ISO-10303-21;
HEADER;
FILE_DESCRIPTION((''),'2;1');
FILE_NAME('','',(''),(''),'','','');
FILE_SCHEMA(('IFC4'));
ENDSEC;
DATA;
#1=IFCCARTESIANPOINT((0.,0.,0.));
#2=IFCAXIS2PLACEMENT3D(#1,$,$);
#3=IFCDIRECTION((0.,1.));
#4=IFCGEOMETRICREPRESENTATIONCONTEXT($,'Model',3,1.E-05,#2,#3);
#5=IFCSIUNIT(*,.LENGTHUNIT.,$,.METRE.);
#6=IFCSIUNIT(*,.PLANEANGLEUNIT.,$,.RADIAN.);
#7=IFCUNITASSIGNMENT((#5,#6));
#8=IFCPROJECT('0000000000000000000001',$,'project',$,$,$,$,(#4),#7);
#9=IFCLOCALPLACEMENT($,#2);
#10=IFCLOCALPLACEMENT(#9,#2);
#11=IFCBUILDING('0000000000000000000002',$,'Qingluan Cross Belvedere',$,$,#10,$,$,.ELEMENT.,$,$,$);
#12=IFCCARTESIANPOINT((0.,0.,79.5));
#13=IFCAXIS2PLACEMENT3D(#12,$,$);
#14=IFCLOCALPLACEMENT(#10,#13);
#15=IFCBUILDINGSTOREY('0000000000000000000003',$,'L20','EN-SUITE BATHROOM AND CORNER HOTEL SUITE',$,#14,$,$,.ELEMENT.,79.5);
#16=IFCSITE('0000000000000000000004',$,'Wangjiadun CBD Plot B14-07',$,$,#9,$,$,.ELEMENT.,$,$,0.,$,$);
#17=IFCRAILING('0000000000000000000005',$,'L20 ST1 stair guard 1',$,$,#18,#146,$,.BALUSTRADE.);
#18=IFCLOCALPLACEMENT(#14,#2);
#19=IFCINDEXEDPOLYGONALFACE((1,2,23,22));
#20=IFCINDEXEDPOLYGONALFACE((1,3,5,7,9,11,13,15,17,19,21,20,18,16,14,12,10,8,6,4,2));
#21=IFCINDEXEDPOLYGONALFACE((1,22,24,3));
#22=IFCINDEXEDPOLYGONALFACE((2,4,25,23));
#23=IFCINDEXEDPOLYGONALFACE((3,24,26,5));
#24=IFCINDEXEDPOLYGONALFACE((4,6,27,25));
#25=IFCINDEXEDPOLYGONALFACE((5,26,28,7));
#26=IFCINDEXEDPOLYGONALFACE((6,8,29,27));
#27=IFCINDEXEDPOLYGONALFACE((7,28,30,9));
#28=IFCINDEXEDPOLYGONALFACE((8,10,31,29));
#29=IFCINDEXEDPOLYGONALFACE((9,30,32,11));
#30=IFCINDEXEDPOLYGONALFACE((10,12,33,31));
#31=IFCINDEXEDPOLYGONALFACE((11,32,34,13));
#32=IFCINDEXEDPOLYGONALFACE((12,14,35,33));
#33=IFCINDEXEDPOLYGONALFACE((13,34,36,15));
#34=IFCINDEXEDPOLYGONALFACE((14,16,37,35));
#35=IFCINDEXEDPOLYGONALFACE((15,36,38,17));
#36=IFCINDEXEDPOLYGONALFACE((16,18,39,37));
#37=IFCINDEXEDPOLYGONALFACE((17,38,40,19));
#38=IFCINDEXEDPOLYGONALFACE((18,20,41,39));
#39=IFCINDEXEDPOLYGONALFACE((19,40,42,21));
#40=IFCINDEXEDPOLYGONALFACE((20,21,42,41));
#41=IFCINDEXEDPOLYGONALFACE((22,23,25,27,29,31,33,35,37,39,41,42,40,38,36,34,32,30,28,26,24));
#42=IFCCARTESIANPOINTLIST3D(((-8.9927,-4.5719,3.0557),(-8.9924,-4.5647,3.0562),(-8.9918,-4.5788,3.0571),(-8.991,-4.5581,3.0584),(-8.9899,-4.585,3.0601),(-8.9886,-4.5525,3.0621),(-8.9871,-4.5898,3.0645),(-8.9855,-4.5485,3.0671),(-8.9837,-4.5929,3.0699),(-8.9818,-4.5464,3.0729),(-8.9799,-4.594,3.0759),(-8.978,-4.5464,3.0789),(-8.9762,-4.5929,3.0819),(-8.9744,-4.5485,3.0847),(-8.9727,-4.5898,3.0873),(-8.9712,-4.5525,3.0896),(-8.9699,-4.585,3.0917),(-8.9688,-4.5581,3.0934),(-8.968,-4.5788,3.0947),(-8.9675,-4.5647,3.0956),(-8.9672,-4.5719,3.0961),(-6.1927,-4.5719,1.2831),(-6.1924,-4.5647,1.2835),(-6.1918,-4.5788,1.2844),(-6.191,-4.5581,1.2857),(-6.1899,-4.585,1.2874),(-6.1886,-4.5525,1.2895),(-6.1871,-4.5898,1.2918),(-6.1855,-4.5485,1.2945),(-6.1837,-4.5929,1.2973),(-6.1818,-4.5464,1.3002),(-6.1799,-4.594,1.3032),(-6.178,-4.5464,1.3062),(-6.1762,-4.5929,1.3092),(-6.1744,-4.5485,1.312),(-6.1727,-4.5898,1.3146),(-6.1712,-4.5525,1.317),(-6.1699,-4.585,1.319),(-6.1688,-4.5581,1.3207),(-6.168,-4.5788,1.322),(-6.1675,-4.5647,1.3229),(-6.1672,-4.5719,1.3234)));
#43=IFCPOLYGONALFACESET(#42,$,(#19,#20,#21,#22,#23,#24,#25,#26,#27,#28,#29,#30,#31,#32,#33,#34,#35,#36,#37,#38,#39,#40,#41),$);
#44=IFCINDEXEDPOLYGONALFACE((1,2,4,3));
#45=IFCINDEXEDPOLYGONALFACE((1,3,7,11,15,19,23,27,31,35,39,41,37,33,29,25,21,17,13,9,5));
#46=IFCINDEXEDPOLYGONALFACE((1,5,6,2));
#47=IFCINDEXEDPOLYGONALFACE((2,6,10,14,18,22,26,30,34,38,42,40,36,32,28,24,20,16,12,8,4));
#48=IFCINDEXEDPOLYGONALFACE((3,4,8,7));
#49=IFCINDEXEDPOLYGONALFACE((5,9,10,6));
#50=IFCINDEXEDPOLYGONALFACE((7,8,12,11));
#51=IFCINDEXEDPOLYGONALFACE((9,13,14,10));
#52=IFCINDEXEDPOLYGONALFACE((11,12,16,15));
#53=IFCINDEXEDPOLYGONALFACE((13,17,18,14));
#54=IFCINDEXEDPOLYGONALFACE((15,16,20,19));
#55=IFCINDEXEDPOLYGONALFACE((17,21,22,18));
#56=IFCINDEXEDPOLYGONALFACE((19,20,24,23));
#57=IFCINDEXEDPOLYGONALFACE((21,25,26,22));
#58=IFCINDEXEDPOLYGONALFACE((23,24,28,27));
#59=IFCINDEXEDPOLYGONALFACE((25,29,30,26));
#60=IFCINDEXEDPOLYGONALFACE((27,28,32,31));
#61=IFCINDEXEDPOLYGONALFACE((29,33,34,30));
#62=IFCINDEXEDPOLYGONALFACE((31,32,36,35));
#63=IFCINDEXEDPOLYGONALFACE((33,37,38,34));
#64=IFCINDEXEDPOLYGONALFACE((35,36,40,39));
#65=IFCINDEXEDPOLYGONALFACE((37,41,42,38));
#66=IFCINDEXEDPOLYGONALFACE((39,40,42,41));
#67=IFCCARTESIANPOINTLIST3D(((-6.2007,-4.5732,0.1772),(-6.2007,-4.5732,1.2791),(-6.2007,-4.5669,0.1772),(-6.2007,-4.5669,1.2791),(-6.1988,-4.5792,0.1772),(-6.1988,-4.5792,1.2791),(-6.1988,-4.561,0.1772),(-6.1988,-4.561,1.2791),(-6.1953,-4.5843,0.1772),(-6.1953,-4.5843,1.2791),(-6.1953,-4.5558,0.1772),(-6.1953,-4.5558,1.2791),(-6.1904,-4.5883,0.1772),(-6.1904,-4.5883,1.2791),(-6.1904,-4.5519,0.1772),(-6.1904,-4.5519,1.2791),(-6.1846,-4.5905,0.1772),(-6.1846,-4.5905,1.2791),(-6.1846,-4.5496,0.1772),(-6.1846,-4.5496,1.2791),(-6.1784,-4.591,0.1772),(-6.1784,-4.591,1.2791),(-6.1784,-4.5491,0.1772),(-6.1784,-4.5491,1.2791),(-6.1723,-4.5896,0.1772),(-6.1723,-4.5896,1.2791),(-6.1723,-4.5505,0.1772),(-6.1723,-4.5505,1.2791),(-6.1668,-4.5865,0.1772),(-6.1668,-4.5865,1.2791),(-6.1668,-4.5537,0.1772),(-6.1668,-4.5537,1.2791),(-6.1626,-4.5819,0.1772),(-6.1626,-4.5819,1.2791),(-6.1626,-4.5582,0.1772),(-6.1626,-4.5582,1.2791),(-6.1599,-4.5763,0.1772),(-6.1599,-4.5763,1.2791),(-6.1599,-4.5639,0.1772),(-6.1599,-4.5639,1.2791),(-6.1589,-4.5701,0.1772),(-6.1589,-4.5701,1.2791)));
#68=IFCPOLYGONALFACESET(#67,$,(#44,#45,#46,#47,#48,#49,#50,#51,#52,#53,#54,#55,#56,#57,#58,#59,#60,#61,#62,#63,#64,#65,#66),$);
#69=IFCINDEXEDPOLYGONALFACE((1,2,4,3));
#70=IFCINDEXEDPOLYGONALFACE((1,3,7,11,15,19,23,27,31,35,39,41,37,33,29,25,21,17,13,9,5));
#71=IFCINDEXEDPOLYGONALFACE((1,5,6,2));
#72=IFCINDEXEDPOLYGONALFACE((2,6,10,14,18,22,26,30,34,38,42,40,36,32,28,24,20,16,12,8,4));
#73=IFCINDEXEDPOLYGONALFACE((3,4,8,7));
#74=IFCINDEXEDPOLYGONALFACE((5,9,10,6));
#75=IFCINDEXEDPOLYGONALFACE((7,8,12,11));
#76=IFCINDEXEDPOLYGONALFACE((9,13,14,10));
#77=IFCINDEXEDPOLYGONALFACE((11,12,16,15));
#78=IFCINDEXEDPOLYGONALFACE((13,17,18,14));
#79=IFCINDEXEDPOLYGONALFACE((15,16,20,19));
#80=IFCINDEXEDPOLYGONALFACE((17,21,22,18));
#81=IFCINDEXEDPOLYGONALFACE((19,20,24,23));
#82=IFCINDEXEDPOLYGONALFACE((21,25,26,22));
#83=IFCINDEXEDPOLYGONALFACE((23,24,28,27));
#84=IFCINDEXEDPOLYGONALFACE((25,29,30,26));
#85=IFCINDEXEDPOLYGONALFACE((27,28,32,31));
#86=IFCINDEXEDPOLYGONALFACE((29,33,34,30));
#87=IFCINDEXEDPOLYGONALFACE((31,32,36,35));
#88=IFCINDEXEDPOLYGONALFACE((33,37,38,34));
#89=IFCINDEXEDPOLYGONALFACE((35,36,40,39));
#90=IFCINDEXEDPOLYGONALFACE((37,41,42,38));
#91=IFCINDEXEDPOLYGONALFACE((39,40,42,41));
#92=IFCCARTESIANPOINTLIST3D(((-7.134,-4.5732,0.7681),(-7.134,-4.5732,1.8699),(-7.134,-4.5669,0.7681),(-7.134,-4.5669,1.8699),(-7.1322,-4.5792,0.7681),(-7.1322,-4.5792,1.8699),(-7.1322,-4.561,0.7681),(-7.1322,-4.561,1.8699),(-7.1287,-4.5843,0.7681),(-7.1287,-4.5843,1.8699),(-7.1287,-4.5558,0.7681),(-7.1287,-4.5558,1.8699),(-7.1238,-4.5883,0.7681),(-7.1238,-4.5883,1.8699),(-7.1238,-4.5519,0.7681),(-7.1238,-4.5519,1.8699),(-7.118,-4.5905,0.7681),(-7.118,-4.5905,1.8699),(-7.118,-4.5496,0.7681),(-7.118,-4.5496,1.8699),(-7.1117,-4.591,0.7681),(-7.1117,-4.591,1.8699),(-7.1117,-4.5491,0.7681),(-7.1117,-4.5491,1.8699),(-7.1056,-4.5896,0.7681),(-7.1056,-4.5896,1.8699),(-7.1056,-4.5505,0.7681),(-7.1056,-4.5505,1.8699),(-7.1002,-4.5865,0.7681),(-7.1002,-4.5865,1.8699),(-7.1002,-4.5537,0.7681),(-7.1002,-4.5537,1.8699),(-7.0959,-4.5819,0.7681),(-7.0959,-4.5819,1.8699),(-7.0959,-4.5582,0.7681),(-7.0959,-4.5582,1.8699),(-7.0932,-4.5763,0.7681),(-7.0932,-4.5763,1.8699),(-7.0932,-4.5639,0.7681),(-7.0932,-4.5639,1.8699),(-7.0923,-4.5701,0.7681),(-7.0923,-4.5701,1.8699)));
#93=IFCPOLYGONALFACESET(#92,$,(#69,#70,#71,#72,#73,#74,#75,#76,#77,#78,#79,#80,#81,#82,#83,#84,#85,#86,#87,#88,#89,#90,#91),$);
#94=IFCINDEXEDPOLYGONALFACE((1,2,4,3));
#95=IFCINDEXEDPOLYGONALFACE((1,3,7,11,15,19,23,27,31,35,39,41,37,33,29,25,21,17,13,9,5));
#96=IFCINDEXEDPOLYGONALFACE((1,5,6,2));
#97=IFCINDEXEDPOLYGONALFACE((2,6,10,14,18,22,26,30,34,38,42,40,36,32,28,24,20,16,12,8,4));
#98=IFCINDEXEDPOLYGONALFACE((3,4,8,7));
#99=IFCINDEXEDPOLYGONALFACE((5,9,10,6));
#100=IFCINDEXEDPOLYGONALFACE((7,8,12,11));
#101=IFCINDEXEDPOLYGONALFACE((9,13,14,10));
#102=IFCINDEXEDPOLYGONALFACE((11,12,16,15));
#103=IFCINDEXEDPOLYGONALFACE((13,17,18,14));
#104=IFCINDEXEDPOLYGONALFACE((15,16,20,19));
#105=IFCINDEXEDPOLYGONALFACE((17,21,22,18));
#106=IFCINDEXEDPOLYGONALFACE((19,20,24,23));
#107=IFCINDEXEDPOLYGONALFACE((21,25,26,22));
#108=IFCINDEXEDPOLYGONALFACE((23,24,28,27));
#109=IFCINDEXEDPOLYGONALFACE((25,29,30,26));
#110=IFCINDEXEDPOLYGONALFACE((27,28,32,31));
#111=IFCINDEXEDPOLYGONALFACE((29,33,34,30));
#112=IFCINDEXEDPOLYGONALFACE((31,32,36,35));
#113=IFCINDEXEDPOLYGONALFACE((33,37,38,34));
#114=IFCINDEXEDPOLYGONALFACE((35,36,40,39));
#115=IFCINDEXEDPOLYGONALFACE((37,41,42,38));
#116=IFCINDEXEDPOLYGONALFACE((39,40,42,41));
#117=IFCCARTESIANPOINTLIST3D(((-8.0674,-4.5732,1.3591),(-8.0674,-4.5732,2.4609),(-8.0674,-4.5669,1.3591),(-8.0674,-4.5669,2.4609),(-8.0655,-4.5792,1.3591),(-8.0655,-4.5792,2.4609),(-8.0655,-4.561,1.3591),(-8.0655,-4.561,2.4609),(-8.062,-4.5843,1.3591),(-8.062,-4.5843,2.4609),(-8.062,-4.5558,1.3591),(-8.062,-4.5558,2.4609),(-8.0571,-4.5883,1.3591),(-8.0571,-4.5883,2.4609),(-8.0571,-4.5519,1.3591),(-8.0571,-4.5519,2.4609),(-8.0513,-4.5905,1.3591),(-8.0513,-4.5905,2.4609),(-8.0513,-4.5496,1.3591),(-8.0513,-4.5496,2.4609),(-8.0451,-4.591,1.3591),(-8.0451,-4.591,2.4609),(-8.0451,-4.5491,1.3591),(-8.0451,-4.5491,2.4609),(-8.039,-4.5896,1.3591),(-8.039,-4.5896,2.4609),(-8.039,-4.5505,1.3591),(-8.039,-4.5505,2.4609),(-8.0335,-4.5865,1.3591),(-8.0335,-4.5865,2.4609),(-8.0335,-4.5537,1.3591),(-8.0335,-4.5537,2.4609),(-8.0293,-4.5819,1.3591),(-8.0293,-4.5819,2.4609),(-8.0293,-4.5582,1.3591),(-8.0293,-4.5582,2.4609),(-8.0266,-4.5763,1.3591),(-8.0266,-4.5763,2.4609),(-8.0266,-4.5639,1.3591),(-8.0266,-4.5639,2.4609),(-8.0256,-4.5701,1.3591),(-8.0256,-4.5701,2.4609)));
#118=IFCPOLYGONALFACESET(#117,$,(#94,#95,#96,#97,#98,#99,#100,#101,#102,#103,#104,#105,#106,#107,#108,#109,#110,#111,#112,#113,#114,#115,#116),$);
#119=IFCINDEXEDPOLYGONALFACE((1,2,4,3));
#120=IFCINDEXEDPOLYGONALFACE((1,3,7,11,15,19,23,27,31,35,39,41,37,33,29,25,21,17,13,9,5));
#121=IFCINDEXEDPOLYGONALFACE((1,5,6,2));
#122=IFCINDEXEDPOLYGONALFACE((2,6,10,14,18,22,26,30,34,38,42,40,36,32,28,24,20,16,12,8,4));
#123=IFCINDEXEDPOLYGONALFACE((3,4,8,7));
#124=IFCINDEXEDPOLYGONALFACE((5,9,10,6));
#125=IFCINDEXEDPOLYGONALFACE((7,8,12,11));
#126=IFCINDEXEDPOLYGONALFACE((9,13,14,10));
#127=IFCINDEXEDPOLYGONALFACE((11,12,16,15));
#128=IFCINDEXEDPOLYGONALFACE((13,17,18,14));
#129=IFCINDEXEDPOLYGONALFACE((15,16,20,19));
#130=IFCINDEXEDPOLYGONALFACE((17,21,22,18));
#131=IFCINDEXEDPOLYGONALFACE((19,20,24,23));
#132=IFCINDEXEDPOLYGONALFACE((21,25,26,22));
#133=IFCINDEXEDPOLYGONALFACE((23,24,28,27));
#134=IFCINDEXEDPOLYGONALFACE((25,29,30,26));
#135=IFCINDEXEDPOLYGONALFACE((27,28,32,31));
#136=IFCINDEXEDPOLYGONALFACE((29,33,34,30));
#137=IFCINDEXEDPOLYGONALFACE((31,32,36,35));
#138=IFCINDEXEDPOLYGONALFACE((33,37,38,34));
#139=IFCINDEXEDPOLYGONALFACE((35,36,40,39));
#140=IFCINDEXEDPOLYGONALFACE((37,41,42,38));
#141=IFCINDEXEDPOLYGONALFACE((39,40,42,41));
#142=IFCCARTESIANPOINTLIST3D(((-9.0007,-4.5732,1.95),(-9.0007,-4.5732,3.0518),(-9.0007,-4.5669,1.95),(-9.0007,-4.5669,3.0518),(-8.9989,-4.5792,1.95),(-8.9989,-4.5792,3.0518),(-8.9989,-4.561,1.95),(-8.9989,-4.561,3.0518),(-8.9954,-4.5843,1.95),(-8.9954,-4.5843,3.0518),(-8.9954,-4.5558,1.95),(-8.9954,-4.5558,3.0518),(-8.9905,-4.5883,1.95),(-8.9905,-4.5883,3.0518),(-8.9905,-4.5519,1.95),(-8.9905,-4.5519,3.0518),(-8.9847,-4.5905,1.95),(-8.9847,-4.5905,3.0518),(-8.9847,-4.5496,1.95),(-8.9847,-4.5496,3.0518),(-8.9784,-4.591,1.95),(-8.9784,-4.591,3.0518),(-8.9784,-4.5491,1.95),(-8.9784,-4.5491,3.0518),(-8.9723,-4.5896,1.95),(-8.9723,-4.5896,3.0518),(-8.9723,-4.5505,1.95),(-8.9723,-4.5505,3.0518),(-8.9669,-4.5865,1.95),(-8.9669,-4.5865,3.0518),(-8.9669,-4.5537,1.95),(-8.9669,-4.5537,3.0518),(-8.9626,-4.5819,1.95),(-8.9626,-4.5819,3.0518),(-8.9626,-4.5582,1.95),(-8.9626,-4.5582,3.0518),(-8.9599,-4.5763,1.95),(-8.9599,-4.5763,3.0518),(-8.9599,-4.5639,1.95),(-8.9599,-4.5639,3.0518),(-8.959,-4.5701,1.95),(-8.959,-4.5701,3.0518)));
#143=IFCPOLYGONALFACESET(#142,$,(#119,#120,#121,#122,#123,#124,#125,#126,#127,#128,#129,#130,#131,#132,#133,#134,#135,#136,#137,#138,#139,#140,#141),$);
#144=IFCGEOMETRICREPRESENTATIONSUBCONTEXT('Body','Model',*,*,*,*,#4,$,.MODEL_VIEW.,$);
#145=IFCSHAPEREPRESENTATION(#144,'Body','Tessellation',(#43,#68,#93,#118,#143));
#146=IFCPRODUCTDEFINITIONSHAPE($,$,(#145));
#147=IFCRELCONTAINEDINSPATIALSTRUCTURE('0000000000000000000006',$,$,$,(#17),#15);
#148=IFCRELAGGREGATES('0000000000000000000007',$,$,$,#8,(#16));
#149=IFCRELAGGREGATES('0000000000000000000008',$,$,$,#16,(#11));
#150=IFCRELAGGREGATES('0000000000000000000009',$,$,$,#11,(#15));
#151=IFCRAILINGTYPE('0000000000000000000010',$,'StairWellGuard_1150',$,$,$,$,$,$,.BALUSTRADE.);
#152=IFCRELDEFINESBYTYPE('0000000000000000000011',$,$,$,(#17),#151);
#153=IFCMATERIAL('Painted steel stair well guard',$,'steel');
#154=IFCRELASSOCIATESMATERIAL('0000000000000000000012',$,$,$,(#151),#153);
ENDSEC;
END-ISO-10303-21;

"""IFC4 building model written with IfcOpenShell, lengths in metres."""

from ifc_helpers import new_model, si_unit, direction, frame, origin, origin_2d, place, context, subcontext, project, spatial, circle, extrude, material, type_object, element, save


model = new_model("IFC4")

# Units and contexts
model_context = context("Model", 3, precision=1e-05, world=origin(), true_north=direction((0.0, 1.0)))
body_context = subcontext(model_context, "Body", "Model", "MODEL_VIEW")
ifc_project = project(units=[si_unit("LENGTHUNIT", "METRE"), si_unit("PLANEANGLEUNIT", "RADIAN")], contexts=[model_context])

# Site, building, storey
site_placement = place(None, origin())
site = spatial("IfcSite", under=ifc_project, at=site_placement, Name="Wangjiadun CBD Plot B14-07", CompositionType="ELEMENT", RefElevation=0.0)
building_placement = place(site_placement, origin())
building = spatial("IfcBuilding", under=site, at=building_placement, Name="Qingluan Cross Belvedere", CompositionType="ELEMENT")
storey_placement = place(building_placement, frame((0.0, 0.0, 79.5)))
storey = spatial("IfcBuildingStorey", under=building, at=storey_placement, Name="L20", Description="EN-SUITE BATHROOM AND CORNER HOTEL SUITE", CompositionType="ELEMENT", Elevation=79.5)

# Railing
ifc_material_1 = material(Name="Painted steel stair well guard", Category="steel")
railing_type_1 = type_object("IfcRailingType", Name="StairWellGuard_1150", PredefinedType="BALUSTRADE", material=ifc_material_1)
railing_1_placement = place(storey_placement, frame((-6.1799, -4.5701, 0.1772)))
element("IfcRailing", 1, at=railing_1_placement, inside=storey, type_object=railing_type_1, Name="L20 ST1 stair guard 1", PredefinedType="BALUSTRADE", context=body_context, shape_type="SweptSolid", body=[
    extrude(circle(Radius=0.0239, at=origin_2d()), frame((0.0, 0.0, 1.126), z_axis=(-0.844909, 0.0, 0.53491), x_axis=(0.0, -1.0, 0.0)), (0.0, 0.0, 1.0), 3.314),
    extrude(circle(Radius=0.021, at=origin_2d()), origin(), (0.0, 0.0, 1.0), 1.1018),
    extrude(circle(Radius=0.021, at=origin_2d()), frame((-0.9333, 0.0, 0.5908)), (0.0, 0.0, 1.0), 1.1018),
    extrude(circle(Radius=0.021, at=origin_2d()), frame((-1.8667, 0.0, 1.1819)), (0.0, 0.0, 1.0), 1.1018),
    extrude(circle(Radius=0.021, at=origin_2d()), frame((-2.8, 0.0, 1.7727)), (0.0, 0.0, 1.0), 1.1018),
])

save(model, "model.ifc")
